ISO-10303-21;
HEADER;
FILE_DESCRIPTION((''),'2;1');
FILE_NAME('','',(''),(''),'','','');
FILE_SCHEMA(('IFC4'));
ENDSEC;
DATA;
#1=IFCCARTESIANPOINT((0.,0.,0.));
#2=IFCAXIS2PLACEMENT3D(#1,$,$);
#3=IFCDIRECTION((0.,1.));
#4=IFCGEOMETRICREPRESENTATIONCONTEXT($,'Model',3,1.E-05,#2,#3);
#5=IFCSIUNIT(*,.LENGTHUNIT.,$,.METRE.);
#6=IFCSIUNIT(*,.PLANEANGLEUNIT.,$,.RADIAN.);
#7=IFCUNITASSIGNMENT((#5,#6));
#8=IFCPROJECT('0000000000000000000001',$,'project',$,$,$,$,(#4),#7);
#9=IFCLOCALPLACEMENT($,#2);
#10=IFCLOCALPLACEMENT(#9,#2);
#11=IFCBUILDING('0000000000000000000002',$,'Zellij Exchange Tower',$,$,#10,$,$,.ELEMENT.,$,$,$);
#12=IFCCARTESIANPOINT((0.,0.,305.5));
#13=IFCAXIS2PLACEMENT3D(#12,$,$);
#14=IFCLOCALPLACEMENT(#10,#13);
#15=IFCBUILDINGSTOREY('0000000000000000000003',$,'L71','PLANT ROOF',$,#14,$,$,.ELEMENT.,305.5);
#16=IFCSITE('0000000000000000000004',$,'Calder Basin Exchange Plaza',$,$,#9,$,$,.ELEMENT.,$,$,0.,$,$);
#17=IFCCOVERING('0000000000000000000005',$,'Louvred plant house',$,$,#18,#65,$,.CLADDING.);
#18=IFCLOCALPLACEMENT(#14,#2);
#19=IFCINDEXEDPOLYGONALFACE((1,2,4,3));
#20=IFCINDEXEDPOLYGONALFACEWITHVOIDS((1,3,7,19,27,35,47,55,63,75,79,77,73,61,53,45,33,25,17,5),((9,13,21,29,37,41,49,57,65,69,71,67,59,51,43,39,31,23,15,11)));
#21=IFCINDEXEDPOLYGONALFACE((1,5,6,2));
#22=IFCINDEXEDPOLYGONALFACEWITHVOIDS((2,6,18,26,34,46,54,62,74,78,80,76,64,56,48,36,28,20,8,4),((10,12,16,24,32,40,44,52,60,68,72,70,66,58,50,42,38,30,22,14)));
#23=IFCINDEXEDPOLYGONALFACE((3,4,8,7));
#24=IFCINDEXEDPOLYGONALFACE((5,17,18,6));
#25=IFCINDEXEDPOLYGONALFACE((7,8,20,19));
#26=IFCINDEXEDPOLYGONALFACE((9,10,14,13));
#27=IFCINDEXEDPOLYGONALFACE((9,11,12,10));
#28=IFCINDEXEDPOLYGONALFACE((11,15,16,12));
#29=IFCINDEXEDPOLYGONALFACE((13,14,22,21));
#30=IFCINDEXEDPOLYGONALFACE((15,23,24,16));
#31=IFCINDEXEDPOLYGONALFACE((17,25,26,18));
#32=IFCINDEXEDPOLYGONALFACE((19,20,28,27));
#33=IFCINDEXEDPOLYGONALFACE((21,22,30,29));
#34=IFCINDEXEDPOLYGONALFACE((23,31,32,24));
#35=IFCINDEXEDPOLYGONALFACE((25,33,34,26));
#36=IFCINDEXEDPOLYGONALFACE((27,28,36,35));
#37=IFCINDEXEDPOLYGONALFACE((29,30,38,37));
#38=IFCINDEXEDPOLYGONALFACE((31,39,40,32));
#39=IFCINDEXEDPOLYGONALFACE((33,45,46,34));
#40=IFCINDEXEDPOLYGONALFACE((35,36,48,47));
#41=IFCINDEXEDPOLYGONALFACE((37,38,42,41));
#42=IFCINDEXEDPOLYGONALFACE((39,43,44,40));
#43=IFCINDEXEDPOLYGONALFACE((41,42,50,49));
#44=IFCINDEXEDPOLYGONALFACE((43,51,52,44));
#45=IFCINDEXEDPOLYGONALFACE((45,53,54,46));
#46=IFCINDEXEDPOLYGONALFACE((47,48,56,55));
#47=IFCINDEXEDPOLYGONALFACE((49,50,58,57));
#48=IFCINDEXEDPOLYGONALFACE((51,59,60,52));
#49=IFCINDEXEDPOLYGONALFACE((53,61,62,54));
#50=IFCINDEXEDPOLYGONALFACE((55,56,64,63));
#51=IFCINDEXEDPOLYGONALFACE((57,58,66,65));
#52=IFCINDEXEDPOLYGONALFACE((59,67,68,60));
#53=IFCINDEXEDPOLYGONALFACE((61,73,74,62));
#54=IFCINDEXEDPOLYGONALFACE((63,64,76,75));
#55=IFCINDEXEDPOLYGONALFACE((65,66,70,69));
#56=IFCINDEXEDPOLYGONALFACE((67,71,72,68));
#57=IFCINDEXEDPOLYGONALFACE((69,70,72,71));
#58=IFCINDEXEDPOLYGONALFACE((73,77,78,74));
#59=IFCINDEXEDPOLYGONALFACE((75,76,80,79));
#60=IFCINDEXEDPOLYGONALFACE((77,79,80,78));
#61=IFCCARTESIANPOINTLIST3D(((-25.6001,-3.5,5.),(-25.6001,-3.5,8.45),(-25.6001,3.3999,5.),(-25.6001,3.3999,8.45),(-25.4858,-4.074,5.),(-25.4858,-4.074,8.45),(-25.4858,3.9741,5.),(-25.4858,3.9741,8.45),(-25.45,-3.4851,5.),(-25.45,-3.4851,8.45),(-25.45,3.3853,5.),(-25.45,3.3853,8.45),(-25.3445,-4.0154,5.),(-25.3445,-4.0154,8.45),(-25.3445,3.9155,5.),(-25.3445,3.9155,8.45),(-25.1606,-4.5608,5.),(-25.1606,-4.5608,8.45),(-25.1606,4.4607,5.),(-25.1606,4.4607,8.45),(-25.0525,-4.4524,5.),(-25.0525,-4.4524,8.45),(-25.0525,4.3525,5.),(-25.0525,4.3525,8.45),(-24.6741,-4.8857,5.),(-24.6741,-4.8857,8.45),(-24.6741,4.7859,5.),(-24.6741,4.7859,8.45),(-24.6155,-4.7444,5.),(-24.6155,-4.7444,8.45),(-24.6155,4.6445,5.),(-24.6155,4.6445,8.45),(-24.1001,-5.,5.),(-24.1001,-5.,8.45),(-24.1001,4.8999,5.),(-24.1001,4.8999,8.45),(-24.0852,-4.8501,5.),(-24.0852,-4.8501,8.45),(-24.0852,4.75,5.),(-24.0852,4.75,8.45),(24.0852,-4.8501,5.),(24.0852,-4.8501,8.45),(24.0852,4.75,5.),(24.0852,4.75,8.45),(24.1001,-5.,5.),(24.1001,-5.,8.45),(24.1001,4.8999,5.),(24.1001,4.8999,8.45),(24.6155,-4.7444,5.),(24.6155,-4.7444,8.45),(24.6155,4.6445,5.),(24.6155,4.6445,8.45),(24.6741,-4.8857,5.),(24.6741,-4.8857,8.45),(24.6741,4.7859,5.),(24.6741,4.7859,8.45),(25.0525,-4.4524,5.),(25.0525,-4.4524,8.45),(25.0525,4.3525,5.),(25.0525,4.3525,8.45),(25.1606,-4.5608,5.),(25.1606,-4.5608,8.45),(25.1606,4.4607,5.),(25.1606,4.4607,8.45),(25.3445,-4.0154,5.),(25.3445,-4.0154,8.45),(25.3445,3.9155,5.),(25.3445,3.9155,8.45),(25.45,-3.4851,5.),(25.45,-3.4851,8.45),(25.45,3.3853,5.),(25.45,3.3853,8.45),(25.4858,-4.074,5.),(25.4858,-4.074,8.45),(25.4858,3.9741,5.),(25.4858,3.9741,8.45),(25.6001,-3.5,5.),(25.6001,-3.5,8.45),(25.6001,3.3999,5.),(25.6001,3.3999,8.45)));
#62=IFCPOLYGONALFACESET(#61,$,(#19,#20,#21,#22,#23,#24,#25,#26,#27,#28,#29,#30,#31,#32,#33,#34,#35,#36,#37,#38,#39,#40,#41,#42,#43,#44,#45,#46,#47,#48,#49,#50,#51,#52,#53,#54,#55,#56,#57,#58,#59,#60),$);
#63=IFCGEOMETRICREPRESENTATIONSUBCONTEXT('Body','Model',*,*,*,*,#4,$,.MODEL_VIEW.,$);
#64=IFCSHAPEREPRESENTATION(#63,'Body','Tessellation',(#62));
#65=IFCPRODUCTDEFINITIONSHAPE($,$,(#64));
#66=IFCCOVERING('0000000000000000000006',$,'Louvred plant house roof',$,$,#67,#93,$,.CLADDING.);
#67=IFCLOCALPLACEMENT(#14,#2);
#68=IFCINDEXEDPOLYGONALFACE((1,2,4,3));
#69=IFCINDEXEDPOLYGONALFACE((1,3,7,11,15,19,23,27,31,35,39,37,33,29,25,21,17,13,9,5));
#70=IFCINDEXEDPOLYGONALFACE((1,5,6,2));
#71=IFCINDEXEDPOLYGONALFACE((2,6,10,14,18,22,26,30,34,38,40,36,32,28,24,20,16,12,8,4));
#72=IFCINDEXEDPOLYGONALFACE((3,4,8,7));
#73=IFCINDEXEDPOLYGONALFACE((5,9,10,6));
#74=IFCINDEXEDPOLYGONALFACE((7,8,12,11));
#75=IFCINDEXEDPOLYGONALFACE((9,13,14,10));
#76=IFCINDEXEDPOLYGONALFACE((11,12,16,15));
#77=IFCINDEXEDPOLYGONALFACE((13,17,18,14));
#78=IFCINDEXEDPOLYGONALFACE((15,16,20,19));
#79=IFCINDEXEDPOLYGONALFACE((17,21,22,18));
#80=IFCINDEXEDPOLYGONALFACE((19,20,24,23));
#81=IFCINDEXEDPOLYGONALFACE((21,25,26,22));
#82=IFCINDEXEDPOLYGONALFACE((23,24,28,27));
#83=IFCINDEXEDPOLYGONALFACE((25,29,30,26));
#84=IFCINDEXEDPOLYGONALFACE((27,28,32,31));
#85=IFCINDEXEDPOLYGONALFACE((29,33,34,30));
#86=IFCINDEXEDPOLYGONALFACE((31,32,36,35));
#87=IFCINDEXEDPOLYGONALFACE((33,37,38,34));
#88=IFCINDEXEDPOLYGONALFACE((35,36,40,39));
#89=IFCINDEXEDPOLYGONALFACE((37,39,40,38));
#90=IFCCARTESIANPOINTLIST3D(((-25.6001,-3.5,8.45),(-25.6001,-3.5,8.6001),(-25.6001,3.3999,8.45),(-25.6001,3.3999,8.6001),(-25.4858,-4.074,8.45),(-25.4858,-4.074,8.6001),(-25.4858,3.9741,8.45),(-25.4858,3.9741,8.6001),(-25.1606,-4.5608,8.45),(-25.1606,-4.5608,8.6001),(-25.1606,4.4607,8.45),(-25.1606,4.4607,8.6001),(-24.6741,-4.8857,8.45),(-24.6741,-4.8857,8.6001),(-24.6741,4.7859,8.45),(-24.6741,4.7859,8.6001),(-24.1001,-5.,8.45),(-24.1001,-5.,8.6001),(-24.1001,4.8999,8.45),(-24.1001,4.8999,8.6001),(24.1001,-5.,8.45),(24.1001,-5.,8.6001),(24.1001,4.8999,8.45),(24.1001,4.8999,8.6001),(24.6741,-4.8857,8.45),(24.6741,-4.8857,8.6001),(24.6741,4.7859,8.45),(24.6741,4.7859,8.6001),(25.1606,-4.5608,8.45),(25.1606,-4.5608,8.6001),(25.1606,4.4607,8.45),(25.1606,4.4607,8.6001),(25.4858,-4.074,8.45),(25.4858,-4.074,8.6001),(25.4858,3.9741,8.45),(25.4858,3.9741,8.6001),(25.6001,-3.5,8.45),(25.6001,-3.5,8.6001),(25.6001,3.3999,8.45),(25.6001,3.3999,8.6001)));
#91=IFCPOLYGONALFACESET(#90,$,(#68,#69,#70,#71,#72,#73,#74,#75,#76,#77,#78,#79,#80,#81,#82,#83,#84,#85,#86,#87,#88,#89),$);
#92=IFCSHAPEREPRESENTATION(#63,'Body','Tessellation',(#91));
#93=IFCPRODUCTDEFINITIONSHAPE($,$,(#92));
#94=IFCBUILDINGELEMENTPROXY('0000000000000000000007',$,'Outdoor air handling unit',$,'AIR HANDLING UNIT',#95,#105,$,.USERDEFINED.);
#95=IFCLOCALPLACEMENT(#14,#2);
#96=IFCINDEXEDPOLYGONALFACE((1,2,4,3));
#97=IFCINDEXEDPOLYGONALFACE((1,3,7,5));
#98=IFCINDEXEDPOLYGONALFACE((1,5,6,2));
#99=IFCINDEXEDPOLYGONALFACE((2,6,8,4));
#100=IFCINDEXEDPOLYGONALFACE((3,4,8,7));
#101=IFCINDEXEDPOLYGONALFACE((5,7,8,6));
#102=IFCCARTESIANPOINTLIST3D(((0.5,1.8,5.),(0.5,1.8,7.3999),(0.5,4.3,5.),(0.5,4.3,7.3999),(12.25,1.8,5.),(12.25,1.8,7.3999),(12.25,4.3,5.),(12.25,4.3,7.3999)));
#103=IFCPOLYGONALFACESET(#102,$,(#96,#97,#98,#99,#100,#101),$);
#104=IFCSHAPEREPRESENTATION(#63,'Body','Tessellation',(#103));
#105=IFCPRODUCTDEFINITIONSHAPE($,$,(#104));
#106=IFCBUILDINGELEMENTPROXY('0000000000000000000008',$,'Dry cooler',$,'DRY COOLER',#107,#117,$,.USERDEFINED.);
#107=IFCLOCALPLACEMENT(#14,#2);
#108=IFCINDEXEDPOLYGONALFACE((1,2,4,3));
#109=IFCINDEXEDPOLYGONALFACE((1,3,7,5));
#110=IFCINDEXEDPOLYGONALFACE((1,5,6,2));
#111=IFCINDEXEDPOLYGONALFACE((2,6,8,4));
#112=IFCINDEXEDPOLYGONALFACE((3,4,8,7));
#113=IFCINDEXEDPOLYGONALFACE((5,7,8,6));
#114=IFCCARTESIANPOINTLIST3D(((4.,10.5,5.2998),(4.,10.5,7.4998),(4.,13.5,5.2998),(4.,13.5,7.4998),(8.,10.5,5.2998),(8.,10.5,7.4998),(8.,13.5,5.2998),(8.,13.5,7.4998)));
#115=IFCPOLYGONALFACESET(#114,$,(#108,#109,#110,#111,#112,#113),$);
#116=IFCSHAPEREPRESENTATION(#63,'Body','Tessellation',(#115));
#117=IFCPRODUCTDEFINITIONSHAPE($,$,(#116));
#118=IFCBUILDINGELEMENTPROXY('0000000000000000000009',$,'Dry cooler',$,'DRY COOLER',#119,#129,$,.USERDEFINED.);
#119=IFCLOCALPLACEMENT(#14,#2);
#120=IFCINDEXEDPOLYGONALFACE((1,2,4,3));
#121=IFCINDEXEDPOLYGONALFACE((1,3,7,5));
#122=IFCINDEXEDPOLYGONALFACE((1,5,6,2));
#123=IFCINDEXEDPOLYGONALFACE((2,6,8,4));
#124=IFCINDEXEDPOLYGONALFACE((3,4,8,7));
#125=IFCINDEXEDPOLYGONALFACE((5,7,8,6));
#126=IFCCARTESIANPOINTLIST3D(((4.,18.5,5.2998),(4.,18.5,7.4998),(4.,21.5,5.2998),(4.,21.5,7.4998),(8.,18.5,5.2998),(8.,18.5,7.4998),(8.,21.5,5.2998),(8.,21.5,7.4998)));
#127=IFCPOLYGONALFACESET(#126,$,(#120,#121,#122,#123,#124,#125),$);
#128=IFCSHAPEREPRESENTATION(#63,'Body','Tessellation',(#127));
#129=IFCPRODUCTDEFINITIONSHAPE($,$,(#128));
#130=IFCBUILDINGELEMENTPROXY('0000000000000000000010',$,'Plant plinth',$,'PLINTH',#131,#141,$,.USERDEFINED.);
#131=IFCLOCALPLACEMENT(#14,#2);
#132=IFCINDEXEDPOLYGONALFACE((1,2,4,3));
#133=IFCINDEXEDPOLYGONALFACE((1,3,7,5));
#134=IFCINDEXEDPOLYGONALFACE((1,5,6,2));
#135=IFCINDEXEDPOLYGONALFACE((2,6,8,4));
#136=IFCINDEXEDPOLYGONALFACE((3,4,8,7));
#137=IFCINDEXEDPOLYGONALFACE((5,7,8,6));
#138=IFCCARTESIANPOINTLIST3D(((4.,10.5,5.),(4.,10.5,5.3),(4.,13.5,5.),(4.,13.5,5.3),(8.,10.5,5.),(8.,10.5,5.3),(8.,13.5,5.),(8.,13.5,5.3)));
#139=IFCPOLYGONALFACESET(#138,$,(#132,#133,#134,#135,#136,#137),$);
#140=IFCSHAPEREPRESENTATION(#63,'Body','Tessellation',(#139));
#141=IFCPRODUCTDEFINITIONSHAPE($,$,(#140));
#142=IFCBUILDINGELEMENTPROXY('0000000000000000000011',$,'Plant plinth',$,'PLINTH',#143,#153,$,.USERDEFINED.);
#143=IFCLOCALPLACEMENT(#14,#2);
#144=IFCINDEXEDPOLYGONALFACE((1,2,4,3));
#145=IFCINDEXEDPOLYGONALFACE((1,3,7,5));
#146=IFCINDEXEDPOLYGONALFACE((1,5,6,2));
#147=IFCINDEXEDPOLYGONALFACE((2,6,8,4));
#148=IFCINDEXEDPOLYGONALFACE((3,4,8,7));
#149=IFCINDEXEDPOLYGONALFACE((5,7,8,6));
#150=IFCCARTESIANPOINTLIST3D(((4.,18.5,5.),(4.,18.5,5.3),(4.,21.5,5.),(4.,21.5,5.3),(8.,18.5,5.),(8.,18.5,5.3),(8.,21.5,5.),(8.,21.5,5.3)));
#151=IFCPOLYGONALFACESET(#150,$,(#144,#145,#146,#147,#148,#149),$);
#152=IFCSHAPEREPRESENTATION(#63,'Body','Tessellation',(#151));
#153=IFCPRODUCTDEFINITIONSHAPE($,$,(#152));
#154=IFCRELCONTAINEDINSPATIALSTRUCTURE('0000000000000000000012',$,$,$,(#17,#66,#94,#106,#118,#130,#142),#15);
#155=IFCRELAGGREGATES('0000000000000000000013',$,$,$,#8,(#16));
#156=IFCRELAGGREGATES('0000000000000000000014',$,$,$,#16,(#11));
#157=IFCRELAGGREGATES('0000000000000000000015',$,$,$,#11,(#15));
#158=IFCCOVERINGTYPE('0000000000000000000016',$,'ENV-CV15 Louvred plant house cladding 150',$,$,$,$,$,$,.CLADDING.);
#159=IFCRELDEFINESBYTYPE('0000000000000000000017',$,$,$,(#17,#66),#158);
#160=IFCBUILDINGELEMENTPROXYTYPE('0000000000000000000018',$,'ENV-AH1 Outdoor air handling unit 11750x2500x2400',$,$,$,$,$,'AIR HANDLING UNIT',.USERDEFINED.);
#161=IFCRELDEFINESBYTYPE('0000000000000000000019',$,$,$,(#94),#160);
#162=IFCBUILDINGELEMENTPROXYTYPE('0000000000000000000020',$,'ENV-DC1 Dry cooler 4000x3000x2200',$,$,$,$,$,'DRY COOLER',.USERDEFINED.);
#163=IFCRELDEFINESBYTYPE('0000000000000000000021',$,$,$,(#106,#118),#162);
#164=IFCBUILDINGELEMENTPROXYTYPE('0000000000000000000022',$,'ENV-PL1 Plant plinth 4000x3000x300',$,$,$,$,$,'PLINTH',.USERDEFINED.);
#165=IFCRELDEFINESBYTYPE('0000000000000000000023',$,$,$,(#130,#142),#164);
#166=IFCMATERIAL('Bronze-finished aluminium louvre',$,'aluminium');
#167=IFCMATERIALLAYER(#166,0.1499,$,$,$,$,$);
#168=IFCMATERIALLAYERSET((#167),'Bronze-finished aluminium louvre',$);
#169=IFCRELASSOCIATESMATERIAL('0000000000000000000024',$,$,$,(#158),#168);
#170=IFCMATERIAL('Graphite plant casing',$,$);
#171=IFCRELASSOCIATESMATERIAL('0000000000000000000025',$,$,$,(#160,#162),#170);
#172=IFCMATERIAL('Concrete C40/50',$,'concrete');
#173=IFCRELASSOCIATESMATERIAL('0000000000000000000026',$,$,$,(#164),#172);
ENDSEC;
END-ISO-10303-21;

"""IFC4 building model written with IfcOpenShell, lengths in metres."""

from ifc_helpers import new_model, si_unit, direction, frame, origin, origin_2d, place, context, subcontext, project, spatial, polyline, rectangle, outline, extrude, material, layer, layer_set, type_object, element, save


model = new_model("IFC4")

# Units and contexts
model_context = context("Model", 3, precision=1e-05, world=origin(), true_north=direction((0.0, 1.0)))
body_context = subcontext(model_context, "Body", "Model", "MODEL_VIEW")
ifc_project = project(units=[si_unit("LENGTHUNIT", "METRE"), si_unit("PLANEANGLEUNIT", "RADIAN")], contexts=[model_context])

# Site, building, storey
site_placement = place(None, origin())
site = spatial("IfcSite", under=ifc_project, at=site_placement, Name="Calder Basin Exchange Plaza", CompositionType="ELEMENT", RefElevation=0.0)
building_placement = place(site_placement, origin())
building = spatial("IfcBuilding", under=site, at=building_placement, Name="Zellij Exchange Tower", CompositionType="ELEMENT")
storey_placement = place(building_placement, frame((0.0, 0.0, 305.5)))
storey = spatial("IfcBuildingStorey", under=building, at=storey_placement, Name="L71", Description="PLANT ROOF", CompositionType="ELEMENT", Elevation=305.5)

# Coverings
ifc_material_1 = material(Name="Bronze-finished aluminium louvre", Category="aluminium")
ifc_layer_1 = layer(ifc_material_1, 0.1499)
ifc_layer_set_1 = layer_set([ifc_layer_1], Name="Bronze-finished aluminium louvre")
covering_type = type_object("IfcCoveringType", Name="ENV-CV15 Louvred plant house cladding 150", PredefinedType="CLADDING", material=ifc_layer_set_1)
covering_1_placement = place(storey_placement, frame((0.0, 0.0, 5.0)))
element("IfcCovering", 1, at=covering_1_placement, inside=storey, type_object=covering_type, Name="Louvred plant house", PredefinedType="CLADDING", context=body_context, shape_type="SweptSolid", body=[
    extrude(outline(polyline([(24.1001, -5.0), (24.6741, -4.8857), (25.1606, -4.5608), (25.4858, -4.074), (25.6001, -3.5), (25.6001, 3.3999), (25.4858, 3.9741), (25.1606, 4.4607), (24.6741, 4.7859), (24.1001, 4.8999), (-24.1001, 4.8999), (-24.6741, 4.7859), (-25.1606, 4.4607), (-25.4858, 3.9741), (-25.6001, 3.3999), (-25.6001, -3.5), (-25.4858, -4.074), (-25.1606, -4.5608), (-24.6741, -4.8857), (-24.1001, -5.0), (24.1001, -5.0)]), holes=[polyline([(24.0852, -4.8501), (-24.0852, -4.8501), (-24.6155, -4.7444), (-25.0525, -4.4524), (-25.3445, -4.0154), (-25.45, -3.4851), (-25.45, 3.3853), (-25.3445, 3.9155), (-25.0525, 4.3525), (-24.6155, 4.6445), (-24.0852, 4.75), (24.0852, 4.75), (24.6155, 4.6445), (25.0525, 4.3525), (25.3445, 3.9155), (25.45, 3.3853), (25.45, -3.4851), (25.3445, -4.0154), (25.0525, -4.4524), (24.6155, -4.7444), (24.0852, -4.8501)])]), origin(), (0.0, 0.0, 1.0), 3.45),
])
covering_2_placement = place(storey_placement, frame((0.0, 0.0, 8.45)))
element("IfcCovering", 2, at=covering_2_placement, inside=storey, type_object=covering_type, Name="Louvred plant house roof", PredefinedType="CLADDING", context=body_context, shape_type="SweptSolid", body=[
    extrude(outline(polyline([(24.1001, -5.0), (24.6741, -4.8857), (25.1606, -4.5608), (25.4858, -4.074), (25.6001, -3.5), (25.6001, 3.3999), (25.4858, 3.9741), (25.1606, 4.4607), (24.6741, 4.7859), (24.1001, 4.8999), (-24.1001, 4.8999), (-24.6741, 4.7859), (-25.1606, 4.4607), (-25.4858, 3.9741), (-25.6001, 3.3999), (-25.6001, -3.5), (-25.4858, -4.074), (-25.1606, -4.5608), (-24.6741, -4.8857), (-24.1001, -5.0), (24.1001, -5.0)])), origin(), (0.0, 0.0, 1.0), 0.1501),
])

# Building element proxies
ifc_material_2 = material(Name="Graphite plant casing")
building_element_proxy_type_1 = type_object("IfcBuildingElementProxyType", Name="ENV-AH1 Outdoor air handling unit 11750x2500x2400", ElementType="AIR HANDLING UNIT", PredefinedType="USERDEFINED", material=ifc_material_2)
proxy_placement = place(storey_placement, frame((6.375, 3.05, 5.0), z_axis=(0.0, 0.0, 1.0), x_axis=(1.0, 0.0, 0.0)))
element("IfcBuildingElementProxy", 3, at=proxy_placement, inside=storey, type_object=building_element_proxy_type_1, Name="Outdoor air handling unit", ObjectType="AIR HANDLING UNIT", PredefinedType="USERDEFINED", context=body_context, shape_type="SweptSolid", body=[
    extrude(rectangle(XDim=11.75, YDim=2.5, at=origin_2d()), origin(), (0.0, 0.0, 1.0), 2.3999),
])
building_element_proxy_type_2 = type_object("IfcBuildingElementProxyType", Name="ENV-DC1 Dry cooler 4000x3000x2200", ElementType="DRY COOLER", PredefinedType="USERDEFINED", material=ifc_material_2)
for number, where, z_axis, x_axis, name in (
    (4, (6.0, 12.0, 5.2998), (0.0, 0.0, 1.0), (1.0, 0.0, 0.0), "Dry cooler"),
    (5, (6.0, 20.0, 5.2998), (0.0, 0.0, 1.0), (1.0, 0.0, 0.0), "Dry cooler"),
):
    element("IfcBuildingElementProxy", number, at=place(storey_placement, frame(where, z_axis=z_axis, x_axis=x_axis)), inside=storey, type_object=building_element_proxy_type_2, Name=name, ObjectType="DRY COOLER", PredefinedType="USERDEFINED", context=body_context, shape_type="SweptSolid", body=[
        extrude(rectangle(XDim=4.0, YDim=3.0, at=origin_2d()), origin(), (0.0, 0.0, 1.0), 2.2),
    ])
ifc_material_3 = material(Name="Concrete C40/50", Category="concrete")
building_element_proxy_type_3 = type_object("IfcBuildingElementProxyType", Name="ENV-PL1 Plant plinth 4000x3000x300", ElementType="PLINTH", PredefinedType="USERDEFINED", material=ifc_material_3)
for number, where, z_axis, x_axis, name in (
    (6, (6.0, 12.0, 5.0), (0.0, 0.0, 1.0), (1.0, 0.0, 0.0), "Plant plinth"),
    (7, (6.0, 20.0, 5.0), (0.0, 0.0, 1.0), (1.0, 0.0, 0.0), "Plant plinth"),
):
    element("IfcBuildingElementProxy", number, at=place(storey_placement, frame(where, z_axis=z_axis, x_axis=x_axis)), inside=storey, type_object=building_element_proxy_type_3, Name=name, ObjectType="PLINTH", PredefinedType="USERDEFINED", context=body_context, shape_type="SweptSolid", body=[
        extrude(rectangle(XDim=4.0, YDim=3.0, at=origin_2d()), origin(), (0.0, 0.0, 1.0), 0.3),
    ])

save(model, "model.ifc")
